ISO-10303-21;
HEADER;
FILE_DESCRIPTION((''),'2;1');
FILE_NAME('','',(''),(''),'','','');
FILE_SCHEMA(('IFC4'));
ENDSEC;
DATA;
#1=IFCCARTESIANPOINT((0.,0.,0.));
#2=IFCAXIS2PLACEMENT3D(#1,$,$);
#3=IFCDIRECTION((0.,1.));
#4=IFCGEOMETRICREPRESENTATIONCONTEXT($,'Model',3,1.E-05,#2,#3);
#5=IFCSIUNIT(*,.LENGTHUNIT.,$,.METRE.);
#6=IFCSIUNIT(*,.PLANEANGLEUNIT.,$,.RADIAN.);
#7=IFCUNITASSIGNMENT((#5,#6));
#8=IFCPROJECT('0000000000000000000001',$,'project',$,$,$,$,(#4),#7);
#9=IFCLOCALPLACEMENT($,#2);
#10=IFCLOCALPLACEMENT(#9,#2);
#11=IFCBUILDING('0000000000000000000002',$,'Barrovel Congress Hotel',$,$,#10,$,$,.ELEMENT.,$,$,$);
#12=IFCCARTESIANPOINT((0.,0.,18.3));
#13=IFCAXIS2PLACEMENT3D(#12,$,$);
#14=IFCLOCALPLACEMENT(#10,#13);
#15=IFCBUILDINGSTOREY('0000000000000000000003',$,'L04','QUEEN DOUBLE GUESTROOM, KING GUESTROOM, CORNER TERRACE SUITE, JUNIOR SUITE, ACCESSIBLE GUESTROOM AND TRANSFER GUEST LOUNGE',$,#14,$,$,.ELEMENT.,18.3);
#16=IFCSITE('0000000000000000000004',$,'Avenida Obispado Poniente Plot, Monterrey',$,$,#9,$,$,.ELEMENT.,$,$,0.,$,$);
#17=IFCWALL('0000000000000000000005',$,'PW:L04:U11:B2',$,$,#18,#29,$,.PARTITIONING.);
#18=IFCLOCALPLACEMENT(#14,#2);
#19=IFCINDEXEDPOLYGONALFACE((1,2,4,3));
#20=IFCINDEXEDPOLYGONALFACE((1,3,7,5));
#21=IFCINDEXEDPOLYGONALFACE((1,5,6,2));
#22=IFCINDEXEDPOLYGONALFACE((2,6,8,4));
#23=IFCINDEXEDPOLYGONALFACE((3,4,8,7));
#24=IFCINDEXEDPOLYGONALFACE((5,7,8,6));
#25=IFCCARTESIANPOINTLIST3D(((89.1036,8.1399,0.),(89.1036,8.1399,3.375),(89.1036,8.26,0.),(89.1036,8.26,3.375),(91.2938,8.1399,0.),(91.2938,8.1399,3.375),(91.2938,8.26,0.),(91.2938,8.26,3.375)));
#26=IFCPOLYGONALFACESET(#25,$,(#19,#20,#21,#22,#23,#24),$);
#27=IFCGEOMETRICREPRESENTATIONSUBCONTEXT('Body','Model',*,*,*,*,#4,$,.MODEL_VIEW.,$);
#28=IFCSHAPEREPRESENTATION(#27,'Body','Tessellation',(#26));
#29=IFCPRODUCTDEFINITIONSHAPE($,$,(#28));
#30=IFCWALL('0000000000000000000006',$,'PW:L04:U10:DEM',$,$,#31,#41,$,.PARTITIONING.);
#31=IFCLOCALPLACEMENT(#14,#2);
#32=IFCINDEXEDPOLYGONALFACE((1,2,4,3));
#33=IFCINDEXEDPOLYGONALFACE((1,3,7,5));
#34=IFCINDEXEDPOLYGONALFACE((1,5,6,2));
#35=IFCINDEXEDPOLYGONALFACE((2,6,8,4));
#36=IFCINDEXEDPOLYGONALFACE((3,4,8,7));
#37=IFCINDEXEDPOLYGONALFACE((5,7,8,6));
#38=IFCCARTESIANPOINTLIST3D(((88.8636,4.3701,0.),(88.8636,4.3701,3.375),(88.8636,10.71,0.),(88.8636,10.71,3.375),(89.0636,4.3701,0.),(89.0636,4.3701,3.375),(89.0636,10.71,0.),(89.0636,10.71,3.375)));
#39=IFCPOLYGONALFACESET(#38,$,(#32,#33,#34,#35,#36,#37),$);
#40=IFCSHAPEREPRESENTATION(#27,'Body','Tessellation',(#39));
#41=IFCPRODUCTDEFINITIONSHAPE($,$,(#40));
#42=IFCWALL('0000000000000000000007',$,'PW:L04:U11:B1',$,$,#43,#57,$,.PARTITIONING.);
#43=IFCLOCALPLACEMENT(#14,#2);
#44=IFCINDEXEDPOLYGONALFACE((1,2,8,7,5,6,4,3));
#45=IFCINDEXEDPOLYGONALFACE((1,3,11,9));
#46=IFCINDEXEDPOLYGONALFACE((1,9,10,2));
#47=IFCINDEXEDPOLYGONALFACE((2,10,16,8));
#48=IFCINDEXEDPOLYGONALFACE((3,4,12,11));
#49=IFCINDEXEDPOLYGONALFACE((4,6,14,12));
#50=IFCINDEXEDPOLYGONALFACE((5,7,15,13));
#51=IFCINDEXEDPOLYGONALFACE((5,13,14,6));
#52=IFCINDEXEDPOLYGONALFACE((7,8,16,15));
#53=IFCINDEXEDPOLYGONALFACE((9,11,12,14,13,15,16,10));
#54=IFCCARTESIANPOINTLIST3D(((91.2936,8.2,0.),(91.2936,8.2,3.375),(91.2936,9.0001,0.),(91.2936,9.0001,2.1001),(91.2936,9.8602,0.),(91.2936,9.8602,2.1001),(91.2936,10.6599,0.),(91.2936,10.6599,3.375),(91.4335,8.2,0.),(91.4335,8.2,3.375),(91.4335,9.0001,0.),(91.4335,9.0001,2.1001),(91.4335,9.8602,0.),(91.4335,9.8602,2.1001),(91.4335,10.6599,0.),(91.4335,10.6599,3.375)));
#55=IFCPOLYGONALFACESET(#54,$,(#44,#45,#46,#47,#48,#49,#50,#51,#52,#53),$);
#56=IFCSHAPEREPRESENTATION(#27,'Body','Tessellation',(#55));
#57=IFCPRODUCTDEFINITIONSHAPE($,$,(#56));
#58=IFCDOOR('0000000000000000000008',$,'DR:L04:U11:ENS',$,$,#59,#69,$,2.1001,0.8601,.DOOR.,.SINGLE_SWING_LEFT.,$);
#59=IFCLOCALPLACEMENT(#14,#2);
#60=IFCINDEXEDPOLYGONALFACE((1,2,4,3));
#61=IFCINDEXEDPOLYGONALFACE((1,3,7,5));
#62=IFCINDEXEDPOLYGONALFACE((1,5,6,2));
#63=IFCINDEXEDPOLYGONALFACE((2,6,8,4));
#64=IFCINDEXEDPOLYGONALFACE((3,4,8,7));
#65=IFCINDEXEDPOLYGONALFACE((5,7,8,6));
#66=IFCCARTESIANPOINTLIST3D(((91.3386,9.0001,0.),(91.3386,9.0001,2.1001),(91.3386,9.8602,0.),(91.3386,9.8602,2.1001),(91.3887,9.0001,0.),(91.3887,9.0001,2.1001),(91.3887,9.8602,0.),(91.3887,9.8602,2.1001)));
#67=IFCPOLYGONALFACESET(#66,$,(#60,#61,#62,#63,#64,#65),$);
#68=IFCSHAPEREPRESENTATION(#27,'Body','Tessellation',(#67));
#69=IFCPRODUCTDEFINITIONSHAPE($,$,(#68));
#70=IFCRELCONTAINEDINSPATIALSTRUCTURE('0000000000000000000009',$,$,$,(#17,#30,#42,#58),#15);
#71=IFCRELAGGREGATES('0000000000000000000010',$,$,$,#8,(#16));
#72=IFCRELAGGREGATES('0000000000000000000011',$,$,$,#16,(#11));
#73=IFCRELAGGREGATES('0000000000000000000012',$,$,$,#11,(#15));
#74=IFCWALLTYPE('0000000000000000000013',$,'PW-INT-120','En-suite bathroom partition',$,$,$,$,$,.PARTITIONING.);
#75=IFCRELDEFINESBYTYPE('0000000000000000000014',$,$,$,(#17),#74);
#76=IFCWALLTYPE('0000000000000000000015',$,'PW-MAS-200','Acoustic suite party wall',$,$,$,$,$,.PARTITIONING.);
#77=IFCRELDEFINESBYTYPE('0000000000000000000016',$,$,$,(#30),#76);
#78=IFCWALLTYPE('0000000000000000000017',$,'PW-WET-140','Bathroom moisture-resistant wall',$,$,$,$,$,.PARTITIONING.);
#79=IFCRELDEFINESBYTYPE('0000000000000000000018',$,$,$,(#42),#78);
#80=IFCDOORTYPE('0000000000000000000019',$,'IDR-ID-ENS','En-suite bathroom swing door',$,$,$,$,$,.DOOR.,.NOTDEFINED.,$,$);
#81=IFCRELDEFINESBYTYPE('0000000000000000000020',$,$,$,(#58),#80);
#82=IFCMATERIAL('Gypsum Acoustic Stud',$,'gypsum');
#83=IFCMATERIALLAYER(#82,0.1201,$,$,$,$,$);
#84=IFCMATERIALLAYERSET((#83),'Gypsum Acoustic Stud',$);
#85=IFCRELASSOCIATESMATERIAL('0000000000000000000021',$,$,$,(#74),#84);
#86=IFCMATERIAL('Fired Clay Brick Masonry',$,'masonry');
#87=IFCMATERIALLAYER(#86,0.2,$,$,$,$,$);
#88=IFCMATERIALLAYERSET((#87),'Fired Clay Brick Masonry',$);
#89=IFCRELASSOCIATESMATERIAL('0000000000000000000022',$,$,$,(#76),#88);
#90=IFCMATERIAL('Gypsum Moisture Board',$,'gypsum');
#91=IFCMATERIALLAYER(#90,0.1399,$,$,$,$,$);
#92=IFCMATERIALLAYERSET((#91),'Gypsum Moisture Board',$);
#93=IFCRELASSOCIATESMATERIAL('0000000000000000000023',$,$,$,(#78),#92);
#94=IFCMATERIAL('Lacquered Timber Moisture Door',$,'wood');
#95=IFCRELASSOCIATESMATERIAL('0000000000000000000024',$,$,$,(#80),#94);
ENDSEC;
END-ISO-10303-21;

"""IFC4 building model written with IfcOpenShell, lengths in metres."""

from ifc_helpers import new_model, si_unit, direction, frame, frame_2d, origin, place, context, subcontext, project, spatial, rectangle, extrude, material, layer, layer_set, type_object, element, fill, save


model = new_model("IFC4")

# Units and contexts
model_context = context("Model", 3, precision=1e-05, world=origin(), true_north=direction((0.0, 1.0)))
body_context = subcontext(model_context, "Body", "Model", "MODEL_VIEW")
ifc_project = project(units=[si_unit("LENGTHUNIT", "METRE"), si_unit("PLANEANGLEUNIT", "RADIAN")], contexts=[model_context])

# Site, building, storey
site_placement = place(None, origin())
site = spatial("IfcSite", under=ifc_project, at=site_placement, Name="Avenida Obispado Poniente Plot, Monterrey", CompositionType="ELEMENT", RefElevation=0.0)
building_placement = place(site_placement, origin())
building = spatial("IfcBuilding", under=site, at=building_placement, Name="Barrovel Congress Hotel", CompositionType="ELEMENT")
storey_placement = place(building_placement, frame((0.0, 0.0, 18.3)))
storey = spatial("IfcBuildingStorey", under=building, at=storey_placement, Name="L04", Description="QUEEN DOUBLE GUESTROOM, KING GUESTROOM, CORNER TERRACE SUITE, JUNIOR SUITE, ACCESSIBLE GUESTROOM AND TRANSFER GUEST LOUNGE", CompositionType="ELEMENT", Elevation=18.3)

# Shared definitions
ifc_material_1 = material(Name="Fired Clay Brick Masonry", Category="masonry")

# Shared definitions
ifc_material_2 = material(Name="Gypsum Acoustic Stud", Category="gypsum")

# Walls
ifc_layer_1 = layer(ifc_material_2, 0.1201)
ifc_layer_set_1 = layer_set([ifc_layer_1], Name="Gypsum Acoustic Stud")
wall_type_1 = type_object("IfcWallType", Name="PW-INT-120", Description="En-suite bathroom partition", PredefinedType="PARTITIONING", material=ifc_layer_set_1)
wall_1_placement = place(storey_placement, frame((89.1035, 8.2, 0.0), z_axis=(0.0, 0.0, 1.0), x_axis=(1.0, 0.0, 0.0)))
element("IfcWall", 1, at=wall_1_placement, inside=storey, type_object=wall_type_1, Name="PW:L04:U11:B2", PredefinedType="PARTITIONING", context=body_context, shape_type="SweptSolid", body=[
    extrude(rectangle(XDim=2.1902, YDim=0.1201, at=frame_2d((1.0952, 0.0))), origin(), (0.0, 0.0, 1.0), 3.375),
])
ifc_layer_2 = layer(ifc_material_1, 0.2)
ifc_layer_set_2 = layer_set([ifc_layer_2], Name="Fired Clay Brick Masonry")
wall_type_2 = type_object("IfcWallType", Name="PW-MAS-200", Description="Acoustic suite party wall", PredefinedType="PARTITIONING", material=ifc_layer_set_2)
wall_2_placement = place(storey_placement, frame((88.9636, 4.3701, 0.0), z_axis=(0.0, 0.0, 1.0), x_axis=(0.0, 1.0, 0.0)))
element("IfcWall", 2, at=wall_2_placement, inside=storey, type_object=wall_type_2, Name="PW:L04:U10:DEM", PredefinedType="PARTITIONING", context=body_context, shape_type="SweptSolid", body=[
    extrude(rectangle(XDim=6.3398, YDim=0.2, at=frame_2d((3.1699, 0.0))), origin(), (0.0, 0.0, 1.0), 3.375),
])

# Wall, opening, door
ifc_material_3 = material(Name="Gypsum Moisture Board", Category="gypsum")
ifc_layer_3 = layer(ifc_material_3, 0.1399)
ifc_layer_set_3 = layer_set([ifc_layer_3], Name="Gypsum Moisture Board")
wall_type_3 = type_object("IfcWallType", Name="PW-WET-140", Description="Bathroom moisture-resistant wall", PredefinedType="PARTITIONING", material=ifc_layer_set_3)
wall_3_placement = place(storey_placement, frame((91.3635, 8.2, 0.0), z_axis=(0.0, 0.0, 1.0), x_axis=(0.0, 1.0, 0.0)))
wall_3 = element("IfcWall", 3, at=wall_3_placement, inside=storey, type_object=wall_type_3, Name="PW:L04:U11:B1", PredefinedType="PARTITIONING", context=body_context, shape_type="SweptSolid", body=[
    extrude(rectangle(XDim=2.46, YDim=0.1399, at=frame_2d((1.23, 0.0))), origin(), (0.0, 0.0, 1.0), 3.375),
])
opening_1_placement = place(wall_3_placement, frame((0.8, 0.0, 0.0)))
opening_1 = element("IfcOpeningElement", 4, at=opening_1_placement, cuts=wall_3, PredefinedType="OPENING", context=body_context, shape_type="SweptSolid", body=[
    extrude(rectangle(XDim=0.8601, YDim=2.1001, at=frame_2d((0.4302, 1.05))), frame((0.0, 0.0801, 0.0), z_axis=(0.0, -1.0, 0.0), x_axis=(1.0, 0.0, 0.0)), (0.0, 0.0, 1.0), 0.1599),
])
ifc_material_4 = material(Name="Lacquered Timber Moisture Door", Category="wood")
door_type_1 = type_object("IfcDoorType", Name="IDR-ID-ENS", Description="En-suite bathroom swing door", OperationType="NOTDEFINED", PredefinedType="DOOR", material=ifc_material_4)
door_1_placement = place(opening_1_placement, origin())
door_1 = element("IfcDoor", 5, at=door_1_placement, inside=storey, type_object=door_type_1, Name="DR:L04:U11:ENS", OperationType="SINGLE_SWING_LEFT", OverallHeight=2.1001, OverallWidth=0.8601, PredefinedType="DOOR", context=body_context, shape_type="SweptSolid", body=[
    extrude(rectangle(XDim=0.8601, YDim=2.1001, at=frame_2d((0.4302, 1.05))), frame((0.0, 0.0249, 0.0), z_axis=(0.0, -1.0, 0.0), x_axis=(1.0, 0.0, 0.0)), (0.0, 0.0, 1.0), 0.05),
])
fill(opening_1, door_1)

save(model, "model.ifc")
